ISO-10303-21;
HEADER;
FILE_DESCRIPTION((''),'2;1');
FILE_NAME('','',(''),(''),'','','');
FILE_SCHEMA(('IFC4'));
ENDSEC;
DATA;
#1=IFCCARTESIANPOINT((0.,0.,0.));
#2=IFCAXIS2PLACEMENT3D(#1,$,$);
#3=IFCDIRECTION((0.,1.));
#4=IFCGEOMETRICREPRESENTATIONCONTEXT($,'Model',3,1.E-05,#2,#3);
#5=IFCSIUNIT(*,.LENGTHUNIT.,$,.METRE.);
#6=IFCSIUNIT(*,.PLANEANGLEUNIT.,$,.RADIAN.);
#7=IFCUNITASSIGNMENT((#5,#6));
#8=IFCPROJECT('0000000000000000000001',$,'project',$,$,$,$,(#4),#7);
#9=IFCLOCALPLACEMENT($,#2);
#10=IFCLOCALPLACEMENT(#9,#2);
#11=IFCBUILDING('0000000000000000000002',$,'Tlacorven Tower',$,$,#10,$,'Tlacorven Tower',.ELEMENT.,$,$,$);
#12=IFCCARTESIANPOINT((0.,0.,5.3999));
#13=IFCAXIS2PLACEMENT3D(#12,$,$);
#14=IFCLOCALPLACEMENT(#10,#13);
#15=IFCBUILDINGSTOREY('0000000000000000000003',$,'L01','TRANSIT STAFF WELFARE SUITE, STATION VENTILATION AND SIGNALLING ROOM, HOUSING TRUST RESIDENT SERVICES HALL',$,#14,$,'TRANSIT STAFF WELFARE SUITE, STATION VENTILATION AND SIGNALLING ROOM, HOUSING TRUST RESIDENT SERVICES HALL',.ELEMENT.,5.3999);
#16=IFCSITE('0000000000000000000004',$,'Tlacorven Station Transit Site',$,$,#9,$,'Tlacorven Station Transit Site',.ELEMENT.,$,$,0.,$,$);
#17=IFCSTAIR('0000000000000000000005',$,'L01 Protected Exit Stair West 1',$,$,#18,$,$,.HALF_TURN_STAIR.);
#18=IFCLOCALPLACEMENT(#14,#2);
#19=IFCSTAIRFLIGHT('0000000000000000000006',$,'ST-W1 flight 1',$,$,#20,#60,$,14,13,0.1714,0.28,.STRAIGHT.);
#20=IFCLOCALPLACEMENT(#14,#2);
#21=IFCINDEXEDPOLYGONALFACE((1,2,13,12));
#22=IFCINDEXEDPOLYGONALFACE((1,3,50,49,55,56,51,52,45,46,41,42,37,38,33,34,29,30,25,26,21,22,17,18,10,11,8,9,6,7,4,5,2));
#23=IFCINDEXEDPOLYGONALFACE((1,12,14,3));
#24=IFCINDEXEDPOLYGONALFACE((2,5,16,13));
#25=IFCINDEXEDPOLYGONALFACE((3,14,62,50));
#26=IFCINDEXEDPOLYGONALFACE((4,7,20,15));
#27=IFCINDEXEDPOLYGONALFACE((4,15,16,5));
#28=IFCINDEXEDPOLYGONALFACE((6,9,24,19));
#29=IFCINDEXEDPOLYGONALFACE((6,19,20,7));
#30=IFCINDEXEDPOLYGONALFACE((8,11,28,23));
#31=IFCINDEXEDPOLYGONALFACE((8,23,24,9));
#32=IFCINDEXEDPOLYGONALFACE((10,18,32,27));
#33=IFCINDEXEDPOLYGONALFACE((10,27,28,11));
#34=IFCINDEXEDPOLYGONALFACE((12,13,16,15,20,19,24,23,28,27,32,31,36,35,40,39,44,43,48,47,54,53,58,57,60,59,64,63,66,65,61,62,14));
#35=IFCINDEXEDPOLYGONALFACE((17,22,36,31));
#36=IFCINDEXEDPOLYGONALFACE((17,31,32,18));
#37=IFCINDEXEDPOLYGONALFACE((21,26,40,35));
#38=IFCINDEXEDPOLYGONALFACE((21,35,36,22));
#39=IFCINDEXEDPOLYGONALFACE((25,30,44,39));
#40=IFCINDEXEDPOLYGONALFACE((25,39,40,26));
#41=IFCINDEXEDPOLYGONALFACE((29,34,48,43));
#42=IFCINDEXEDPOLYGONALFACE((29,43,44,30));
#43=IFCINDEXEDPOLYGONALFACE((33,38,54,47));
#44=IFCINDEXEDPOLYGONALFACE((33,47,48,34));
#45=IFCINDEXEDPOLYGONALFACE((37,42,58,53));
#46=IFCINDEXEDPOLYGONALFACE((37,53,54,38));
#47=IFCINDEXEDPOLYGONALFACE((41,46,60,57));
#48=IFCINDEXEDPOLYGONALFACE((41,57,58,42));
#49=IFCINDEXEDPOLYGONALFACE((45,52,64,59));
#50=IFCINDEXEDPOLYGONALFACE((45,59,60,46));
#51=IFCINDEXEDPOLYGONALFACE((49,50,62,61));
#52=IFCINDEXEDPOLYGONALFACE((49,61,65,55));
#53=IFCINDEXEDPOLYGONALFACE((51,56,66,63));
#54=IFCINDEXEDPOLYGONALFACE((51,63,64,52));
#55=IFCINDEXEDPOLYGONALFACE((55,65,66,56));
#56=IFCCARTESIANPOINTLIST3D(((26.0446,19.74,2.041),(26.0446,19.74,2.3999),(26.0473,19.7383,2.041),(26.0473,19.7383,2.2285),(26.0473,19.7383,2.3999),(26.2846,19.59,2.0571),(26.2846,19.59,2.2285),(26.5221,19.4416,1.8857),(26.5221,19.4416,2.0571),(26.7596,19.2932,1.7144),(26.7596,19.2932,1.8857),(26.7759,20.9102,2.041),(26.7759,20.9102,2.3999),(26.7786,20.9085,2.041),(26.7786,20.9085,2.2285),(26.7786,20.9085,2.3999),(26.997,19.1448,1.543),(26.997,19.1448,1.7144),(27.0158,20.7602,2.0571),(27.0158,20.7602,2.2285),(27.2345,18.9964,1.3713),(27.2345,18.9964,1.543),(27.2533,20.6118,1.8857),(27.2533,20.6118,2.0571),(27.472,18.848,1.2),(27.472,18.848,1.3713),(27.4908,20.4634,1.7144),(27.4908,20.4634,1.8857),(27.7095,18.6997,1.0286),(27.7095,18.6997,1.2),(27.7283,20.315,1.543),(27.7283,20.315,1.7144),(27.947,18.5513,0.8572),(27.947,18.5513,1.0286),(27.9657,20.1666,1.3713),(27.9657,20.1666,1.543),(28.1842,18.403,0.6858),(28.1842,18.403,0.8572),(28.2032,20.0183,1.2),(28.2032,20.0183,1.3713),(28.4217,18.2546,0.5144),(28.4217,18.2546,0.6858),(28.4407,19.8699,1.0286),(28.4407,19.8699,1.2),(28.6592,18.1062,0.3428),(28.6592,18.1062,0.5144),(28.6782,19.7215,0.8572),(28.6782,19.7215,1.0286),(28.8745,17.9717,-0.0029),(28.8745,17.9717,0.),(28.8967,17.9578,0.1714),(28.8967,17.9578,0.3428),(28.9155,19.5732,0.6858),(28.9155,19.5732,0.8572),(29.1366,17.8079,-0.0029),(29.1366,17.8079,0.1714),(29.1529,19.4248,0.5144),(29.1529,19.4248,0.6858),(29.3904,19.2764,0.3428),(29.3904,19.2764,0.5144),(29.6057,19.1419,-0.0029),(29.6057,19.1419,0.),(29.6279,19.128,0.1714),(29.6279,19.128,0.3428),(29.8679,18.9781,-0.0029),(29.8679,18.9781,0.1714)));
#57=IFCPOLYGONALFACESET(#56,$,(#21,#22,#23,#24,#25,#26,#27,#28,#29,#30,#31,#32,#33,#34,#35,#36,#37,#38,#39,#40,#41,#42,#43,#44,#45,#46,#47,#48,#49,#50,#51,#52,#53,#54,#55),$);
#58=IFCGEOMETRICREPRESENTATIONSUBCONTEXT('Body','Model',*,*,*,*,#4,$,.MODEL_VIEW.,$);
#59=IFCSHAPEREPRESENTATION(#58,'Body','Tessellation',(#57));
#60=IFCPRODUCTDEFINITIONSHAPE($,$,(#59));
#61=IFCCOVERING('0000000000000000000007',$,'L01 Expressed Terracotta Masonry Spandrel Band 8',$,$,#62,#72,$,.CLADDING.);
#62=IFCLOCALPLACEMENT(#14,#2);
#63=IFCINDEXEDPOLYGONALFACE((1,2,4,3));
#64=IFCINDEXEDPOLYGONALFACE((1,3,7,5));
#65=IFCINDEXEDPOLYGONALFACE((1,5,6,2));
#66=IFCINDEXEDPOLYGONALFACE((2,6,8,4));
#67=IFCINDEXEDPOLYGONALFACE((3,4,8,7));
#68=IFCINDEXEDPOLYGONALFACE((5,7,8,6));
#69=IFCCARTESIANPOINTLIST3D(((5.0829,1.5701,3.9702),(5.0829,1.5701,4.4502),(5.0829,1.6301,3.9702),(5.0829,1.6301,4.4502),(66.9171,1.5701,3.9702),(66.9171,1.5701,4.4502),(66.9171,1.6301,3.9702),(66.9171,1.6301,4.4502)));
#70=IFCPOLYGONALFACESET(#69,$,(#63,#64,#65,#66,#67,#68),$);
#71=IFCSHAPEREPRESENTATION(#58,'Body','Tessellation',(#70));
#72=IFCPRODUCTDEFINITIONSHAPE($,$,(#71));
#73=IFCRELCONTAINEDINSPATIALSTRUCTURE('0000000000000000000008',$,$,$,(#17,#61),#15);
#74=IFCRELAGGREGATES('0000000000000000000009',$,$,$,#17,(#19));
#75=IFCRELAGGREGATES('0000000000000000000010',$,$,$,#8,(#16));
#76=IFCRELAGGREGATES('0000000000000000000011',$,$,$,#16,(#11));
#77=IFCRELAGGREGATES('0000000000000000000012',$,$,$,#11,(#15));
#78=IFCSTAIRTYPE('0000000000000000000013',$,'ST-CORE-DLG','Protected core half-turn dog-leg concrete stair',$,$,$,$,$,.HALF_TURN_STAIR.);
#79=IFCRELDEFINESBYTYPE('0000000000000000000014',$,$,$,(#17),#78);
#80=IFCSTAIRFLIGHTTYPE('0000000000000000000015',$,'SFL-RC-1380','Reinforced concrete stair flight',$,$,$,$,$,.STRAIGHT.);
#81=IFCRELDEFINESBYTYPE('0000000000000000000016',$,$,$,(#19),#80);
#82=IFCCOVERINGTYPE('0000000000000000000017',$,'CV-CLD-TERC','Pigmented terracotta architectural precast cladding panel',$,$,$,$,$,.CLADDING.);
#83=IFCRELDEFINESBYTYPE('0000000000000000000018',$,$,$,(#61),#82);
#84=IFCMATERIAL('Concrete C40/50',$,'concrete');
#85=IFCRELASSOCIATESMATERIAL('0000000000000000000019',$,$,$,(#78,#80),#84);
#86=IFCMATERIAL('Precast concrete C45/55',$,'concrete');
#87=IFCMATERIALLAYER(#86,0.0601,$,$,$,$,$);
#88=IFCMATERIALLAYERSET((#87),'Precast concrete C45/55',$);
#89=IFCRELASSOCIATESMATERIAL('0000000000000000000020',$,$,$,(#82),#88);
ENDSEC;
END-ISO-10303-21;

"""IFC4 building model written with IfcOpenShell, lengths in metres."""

from ifc_helpers import new_model, si_unit, direction, frame, origin, origin_2d, place, context, subcontext, project, spatial, polyline, rectangle, outline, extrude, source, transform, mapped, material, layer, layer_set, type_object, element, aggregate, save


model = new_model("IFC4")

# Units and contexts
model_context = context("Model", 3, precision=1e-05, world=origin(), true_north=direction((0.0, 1.0)))
body_context = subcontext(model_context, "Body", "Model", "MODEL_VIEW")
ifc_project = project(units=[si_unit("LENGTHUNIT", "METRE"), si_unit("PLANEANGLEUNIT", "RADIAN")], contexts=[model_context])

# Site, building, storey
site_placement = place(None, origin())
site = spatial("IfcSite", under=ifc_project, at=site_placement, Name="Tlacorven Station Transit Site", LongName="Tlacorven Station Transit Site", CompositionType="ELEMENT", RefElevation=0.0)
building_placement = place(site_placement, origin())
building = spatial("IfcBuilding", under=site, at=building_placement, Name="Tlacorven Tower", LongName="Tlacorven Tower", CompositionType="ELEMENT")
storey_placement = place(building_placement, frame((0.0, 0.0, 5.3999)))
storey = spatial("IfcBuildingStorey", under=building, at=storey_placement, Name="L01", Description="TRANSIT STAFF WELFARE SUITE, STATION VENTILATION AND SIGNALLING ROOM, HOUSING TRUST RESIDENT SERVICES HALL", LongName="TRANSIT STAFF WELFARE SUITE, STATION VENTILATION AND SIGNALLING ROOM, HOUSING TRUST RESIDENT SERVICES HALL", CompositionType="ELEMENT", Elevation=5.3999)

# Shared definitions
ifc_material_1 = material(Name="Concrete C40/50", Category="concrete")

# Stair, stair flight
stair_type = type_object("IfcStairType", Name="ST-CORE-DLG", Description="Protected core half-turn dog-leg concrete stair", PredefinedType="HALF_TURN_STAIR", material=ifc_material_1)
stair_placement = place(storey_placement, origin())
stair = element("IfcStair", 1, at=stair_placement, inside=storey, type_object=stair_type, Name="L01 Protected Exit Stair West 1", PredefinedType="HALF_TURN_STAIR")
stair_flight_type = type_object("IfcStairFlightType", Name="SFL-RC-1380", Description="Reinforced concrete stair flight", PredefinedType="STRAIGHT", material=ifc_material_1)
shared_shape_1 = source(origin(), body_context, "Body", "SweptSolid", [
    extrude(outline(polyline([(-0.0029, -0.0029), (-0.0029, 0.1714), (0.28, 0.1714), (0.28, 0.3428), (0.5601, 0.3428), (0.5601, 0.5144), (0.8401, 0.5144), (0.8401, 0.6858), (1.1201, 0.6858), (1.1201, 0.8572), (1.3999, 0.8572), (1.3999, 1.0286), (1.6799, 1.0286), (1.6799, 1.2), (1.96, 1.2), (1.96, 1.3713), (2.24, 1.3713), (2.24, 1.543), (2.52, 1.543), (2.52, 1.7144), (2.8, 1.7144), (2.8, 1.8857), (3.0801, 1.8857), (3.0801, 2.0571), (3.3601, 2.0571), (3.3601, 2.2285), (3.6399, 2.2285), (3.6399, 2.3999), (3.6431, 2.3999), (3.6431, 2.041), (3.6399, 2.041), (0.3062, 0.0), (0.3062, -0.0029), (-0.0029, -0.0029)])), frame((0.0, 0.6899, 0.0), z_axis=(0.0, -1.0, 0.0), x_axis=(1.0, 0.0, 0.0)), (0.0, 0.0, 1.0), 1.3799),
])
stair_flight_placement = place(storey_placement, frame((29.4998, 18.3945, 0.0), z_axis=(0.0, 0.0, 1.0), x_axis=(-0.848048, 0.529919, 0.0)))
stair_flight = element("IfcStairFlight", 2, at=stair_flight_placement, type_object=stair_flight_type, Name="ST-W1 flight 1", NumberOfRisers=14, NumberOfTreads=13, PredefinedType="STRAIGHT", RiserHeight=0.1714, TreadLength=0.28, context=body_context, shape_type="MappedRepresentation", body=[
    mapped(shared_shape_1, transform((0.0, 0.0, 0.0), scale=1.0)),
])
aggregate(stair, [stair_flight])

# Covering
ifc_material_2 = material(Name="Precast concrete C45/55", Category="concrete")
ifc_layer_1 = layer(ifc_material_2, 0.0601)
ifc_layer_set_1 = layer_set([ifc_layer_1], Name="Precast concrete C45/55")
covering_type = type_object("IfcCoveringType", Name="CV-CLD-TERC", Description="Pigmented terracotta architectural precast cladding panel", PredefinedType="CLADDING", material=ifc_layer_set_1)
shared_shape_2 = source(origin(), body_context, "Body", "SweptSolid", [
    extrude(rectangle(XDim=61.8342, YDim=0.0601, at=origin_2d()), origin(), (0.0, 0.0, 1.0), 0.48),
])
covering_placement = place(storey_placement, frame((36.0, 1.6001, 3.9702), z_axis=(0.0, 0.0, 1.0), x_axis=(-1.0, 0.0, 0.0)))
element("IfcCovering", 3, at=covering_placement, inside=storey, type_object=covering_type, Name="L01 Expressed Terracotta Masonry Spandrel Band 8", PredefinedType="CLADDING", context=body_context, shape_type="MappedRepresentation", body=[
    mapped(shared_shape_2, transform((0.0, 0.0, 0.0), scale=1.0)),
])

save(model, "model.ifc")
